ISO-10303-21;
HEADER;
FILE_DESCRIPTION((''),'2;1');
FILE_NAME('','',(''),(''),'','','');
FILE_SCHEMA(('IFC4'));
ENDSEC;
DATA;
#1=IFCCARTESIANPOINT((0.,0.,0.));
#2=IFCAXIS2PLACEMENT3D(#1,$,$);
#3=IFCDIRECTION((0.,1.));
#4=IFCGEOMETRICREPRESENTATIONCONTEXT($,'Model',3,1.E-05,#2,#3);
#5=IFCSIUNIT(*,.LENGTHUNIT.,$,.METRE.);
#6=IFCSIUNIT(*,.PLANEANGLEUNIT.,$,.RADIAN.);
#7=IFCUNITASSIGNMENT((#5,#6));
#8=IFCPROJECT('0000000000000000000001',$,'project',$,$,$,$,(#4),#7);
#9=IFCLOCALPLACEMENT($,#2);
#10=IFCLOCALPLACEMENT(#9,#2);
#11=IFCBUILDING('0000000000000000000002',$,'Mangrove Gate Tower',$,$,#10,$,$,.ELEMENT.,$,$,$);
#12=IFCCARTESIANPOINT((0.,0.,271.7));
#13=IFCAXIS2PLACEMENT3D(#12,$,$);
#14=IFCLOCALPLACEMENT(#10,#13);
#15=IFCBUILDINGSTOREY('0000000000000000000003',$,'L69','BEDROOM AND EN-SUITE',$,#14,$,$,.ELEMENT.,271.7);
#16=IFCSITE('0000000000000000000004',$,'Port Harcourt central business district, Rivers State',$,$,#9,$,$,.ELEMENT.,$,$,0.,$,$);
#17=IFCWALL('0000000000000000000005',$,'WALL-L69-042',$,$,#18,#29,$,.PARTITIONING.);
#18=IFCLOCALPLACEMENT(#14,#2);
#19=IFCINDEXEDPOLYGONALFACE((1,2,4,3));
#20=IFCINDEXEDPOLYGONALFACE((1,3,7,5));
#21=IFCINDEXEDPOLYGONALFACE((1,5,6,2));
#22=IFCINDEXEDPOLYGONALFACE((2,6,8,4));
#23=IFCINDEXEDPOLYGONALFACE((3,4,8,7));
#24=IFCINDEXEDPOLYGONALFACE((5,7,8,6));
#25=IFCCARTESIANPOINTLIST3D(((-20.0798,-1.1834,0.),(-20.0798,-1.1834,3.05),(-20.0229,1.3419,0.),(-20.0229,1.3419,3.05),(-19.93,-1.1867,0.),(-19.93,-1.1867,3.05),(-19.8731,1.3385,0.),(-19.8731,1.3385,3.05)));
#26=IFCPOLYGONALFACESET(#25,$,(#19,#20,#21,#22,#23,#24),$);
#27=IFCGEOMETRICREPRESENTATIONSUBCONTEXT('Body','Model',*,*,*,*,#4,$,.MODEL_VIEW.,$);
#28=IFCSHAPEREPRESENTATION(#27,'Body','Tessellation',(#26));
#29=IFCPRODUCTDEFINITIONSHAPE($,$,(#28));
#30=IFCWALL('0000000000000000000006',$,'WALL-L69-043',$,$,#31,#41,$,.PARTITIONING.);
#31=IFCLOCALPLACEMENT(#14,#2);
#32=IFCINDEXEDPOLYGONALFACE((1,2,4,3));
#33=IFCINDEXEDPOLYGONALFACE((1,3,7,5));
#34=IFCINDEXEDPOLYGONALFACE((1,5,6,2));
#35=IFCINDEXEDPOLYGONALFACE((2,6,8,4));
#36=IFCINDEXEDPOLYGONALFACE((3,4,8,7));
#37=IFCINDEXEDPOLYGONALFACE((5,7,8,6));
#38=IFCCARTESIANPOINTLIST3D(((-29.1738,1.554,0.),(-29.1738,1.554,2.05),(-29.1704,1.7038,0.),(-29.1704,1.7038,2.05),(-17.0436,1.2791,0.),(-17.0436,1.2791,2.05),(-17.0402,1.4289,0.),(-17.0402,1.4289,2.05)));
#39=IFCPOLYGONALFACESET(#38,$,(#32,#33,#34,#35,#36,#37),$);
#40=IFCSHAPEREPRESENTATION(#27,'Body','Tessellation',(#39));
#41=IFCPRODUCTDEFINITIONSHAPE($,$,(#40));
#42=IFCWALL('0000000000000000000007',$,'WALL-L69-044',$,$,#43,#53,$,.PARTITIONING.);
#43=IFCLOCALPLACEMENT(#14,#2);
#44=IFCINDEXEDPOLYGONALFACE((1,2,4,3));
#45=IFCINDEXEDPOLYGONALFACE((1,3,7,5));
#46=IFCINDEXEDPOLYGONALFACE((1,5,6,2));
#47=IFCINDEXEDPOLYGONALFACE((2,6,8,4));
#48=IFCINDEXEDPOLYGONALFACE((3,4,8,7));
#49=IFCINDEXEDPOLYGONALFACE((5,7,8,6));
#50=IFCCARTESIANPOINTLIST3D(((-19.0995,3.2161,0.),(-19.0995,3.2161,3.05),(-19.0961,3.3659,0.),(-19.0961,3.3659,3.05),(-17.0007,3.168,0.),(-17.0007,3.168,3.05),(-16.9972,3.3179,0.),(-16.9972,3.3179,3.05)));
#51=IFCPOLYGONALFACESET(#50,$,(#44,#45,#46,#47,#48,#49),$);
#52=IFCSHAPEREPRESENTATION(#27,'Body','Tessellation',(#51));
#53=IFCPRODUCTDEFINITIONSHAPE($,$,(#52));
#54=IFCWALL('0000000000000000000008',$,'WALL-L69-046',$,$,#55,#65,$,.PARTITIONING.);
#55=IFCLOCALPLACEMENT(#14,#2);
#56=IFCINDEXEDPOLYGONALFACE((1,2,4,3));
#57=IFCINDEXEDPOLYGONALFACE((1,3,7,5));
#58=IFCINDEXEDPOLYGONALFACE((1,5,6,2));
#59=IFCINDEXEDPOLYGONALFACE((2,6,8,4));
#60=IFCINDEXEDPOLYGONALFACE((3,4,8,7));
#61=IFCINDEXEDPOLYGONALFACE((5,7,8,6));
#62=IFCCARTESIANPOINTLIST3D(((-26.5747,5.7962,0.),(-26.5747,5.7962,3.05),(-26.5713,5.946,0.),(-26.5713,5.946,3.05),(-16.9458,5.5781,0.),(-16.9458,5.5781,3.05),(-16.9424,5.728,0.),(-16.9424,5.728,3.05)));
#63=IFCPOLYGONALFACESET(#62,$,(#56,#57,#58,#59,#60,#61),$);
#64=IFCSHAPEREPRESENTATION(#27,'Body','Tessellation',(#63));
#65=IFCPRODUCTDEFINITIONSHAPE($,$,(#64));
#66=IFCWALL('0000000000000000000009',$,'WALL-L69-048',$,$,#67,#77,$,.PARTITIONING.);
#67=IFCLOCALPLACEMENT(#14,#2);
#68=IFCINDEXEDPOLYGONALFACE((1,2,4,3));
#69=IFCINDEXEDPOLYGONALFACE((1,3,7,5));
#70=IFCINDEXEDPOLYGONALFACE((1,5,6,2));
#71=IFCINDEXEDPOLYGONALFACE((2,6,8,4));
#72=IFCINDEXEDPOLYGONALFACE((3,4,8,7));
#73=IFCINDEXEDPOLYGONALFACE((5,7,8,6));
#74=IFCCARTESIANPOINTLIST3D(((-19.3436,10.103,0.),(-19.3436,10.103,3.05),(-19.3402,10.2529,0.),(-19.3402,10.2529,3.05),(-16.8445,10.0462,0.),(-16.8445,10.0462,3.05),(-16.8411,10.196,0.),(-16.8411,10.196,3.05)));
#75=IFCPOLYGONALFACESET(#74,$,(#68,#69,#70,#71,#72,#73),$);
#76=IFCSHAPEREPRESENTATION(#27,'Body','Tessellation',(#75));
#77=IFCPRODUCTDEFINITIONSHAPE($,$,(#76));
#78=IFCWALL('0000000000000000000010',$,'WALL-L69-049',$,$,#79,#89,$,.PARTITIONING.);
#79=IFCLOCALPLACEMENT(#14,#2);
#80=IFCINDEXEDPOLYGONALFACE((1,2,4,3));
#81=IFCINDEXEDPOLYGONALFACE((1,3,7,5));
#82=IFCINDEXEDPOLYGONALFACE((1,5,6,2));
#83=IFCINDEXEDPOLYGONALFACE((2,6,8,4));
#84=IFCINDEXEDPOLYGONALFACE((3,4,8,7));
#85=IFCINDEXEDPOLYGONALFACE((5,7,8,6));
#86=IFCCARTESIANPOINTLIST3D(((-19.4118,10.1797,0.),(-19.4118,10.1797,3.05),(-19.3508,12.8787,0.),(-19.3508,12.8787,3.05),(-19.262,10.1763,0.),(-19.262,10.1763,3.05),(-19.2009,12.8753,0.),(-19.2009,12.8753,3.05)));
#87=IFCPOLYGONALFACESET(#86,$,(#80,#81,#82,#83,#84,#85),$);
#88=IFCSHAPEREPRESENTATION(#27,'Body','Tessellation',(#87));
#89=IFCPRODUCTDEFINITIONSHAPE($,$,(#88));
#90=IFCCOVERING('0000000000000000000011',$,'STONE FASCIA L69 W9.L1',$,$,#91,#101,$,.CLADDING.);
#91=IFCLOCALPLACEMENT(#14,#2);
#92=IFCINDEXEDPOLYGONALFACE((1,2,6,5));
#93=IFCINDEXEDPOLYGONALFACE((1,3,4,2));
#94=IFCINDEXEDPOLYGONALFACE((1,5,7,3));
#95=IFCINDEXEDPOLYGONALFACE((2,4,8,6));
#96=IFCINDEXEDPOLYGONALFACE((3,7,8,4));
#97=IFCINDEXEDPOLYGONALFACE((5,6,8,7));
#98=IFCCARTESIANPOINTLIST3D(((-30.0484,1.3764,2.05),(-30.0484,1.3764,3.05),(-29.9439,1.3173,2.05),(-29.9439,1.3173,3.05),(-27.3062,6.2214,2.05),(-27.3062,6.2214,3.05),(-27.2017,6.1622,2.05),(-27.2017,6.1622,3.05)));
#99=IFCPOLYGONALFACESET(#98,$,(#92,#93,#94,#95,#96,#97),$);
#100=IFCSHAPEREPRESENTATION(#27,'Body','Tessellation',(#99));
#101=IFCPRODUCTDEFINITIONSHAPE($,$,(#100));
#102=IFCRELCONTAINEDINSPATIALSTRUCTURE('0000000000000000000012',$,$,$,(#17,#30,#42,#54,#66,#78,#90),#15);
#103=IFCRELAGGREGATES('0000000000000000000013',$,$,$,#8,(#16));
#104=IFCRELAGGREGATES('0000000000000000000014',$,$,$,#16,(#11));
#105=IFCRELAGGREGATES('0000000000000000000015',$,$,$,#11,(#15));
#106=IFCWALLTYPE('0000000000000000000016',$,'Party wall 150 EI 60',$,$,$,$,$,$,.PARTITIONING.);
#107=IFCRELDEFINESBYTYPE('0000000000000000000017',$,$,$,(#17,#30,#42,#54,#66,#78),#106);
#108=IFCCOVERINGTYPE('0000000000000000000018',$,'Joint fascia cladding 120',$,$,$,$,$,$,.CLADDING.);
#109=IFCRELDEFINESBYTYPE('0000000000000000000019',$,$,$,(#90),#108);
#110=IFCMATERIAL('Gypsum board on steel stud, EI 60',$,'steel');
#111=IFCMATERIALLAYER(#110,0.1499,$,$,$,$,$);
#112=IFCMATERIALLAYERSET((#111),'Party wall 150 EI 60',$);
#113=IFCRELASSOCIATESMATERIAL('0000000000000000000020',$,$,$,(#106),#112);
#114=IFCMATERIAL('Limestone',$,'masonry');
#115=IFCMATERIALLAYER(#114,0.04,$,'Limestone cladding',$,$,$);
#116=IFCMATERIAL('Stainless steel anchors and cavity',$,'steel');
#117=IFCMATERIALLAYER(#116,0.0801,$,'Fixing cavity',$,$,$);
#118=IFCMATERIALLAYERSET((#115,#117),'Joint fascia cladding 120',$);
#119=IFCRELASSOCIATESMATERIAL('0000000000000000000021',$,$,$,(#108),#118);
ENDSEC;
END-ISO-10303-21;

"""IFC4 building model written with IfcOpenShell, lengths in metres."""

from ifc_helpers import new_model, si_unit, direction, frame, frame_2d, origin, place, context, subcontext, project, spatial, rectangle, extrude, material, layer, layer_set, type_object, element, save


model = new_model("IFC4")

# Units and contexts
model_context = context("Model", 3, precision=1e-05, world=origin(), true_north=direction((0.0, 1.0)))
body_context = subcontext(model_context, "Body", "Model", "MODEL_VIEW")
ifc_project = project(units=[si_unit("LENGTHUNIT", "METRE"), si_unit("PLANEANGLEUNIT", "RADIAN")], contexts=[model_context])

# Site, building, storey
site_placement = place(None, origin())
site = spatial("IfcSite", under=ifc_project, at=site_placement, Name="Port Harcourt central business district, Rivers State", CompositionType="ELEMENT", RefElevation=0.0)
building_placement = place(site_placement, origin())
building = spatial("IfcBuilding", under=site, at=building_placement, Name="Mangrove Gate Tower", CompositionType="ELEMENT")
storey_placement = place(building_placement, frame((0.0, 0.0, 271.7)))
storey = spatial("IfcBuildingStorey", under=building, at=storey_placement, Name="L69", Description="BEDROOM AND EN-SUITE", CompositionType="ELEMENT", Elevation=271.7)

# Shared definitions
ifc_material_1 = material(Name="Limestone", Category="masonry")

# Walls
ifc_material_2 = material(Name="Gypsum board on steel stud, EI 60", Category="steel")
ifc_layer_1 = layer(ifc_material_2, 0.1499)
ifc_layer_set_1 = layer_set([ifc_layer_1], Name="Party wall 150 EI 60")
wall_type_1 = type_object("IfcWallType", Name="Party wall 150 EI 60", PredefinedType="PARTITIONING", material=ifc_layer_set_1)
wall_1_placement = place(storey_placement, frame((-20.0049, -1.1851, 0.0), z_axis=(0.0, 0.0, 1.0), x_axis=(0.022522, 0.999746, 0.0)))
element("IfcWall", 1, at=wall_1_placement, inside=storey, type_object=wall_type_1, Name="WALL-L69-042", PredefinedType="PARTITIONING", context=body_context, shape_type="SweptSolid", body=[
    extrude(rectangle(XDim=2.5259, YDim=0.1499, at=frame_2d((1.2629, 0.0))), origin(), (0.0, 0.0, 1.0), 3.05),
])
wall_2_placement = place(storey_placement, frame((-29.1721, 1.6289, 0.0), z_axis=(0.0, 0.0, 1.0), x_axis=(0.999743, -0.022657, 0.0)))
element("IfcWall", 2, at=wall_2_placement, inside=storey, type_object=wall_type_1, Name="WALL-L69-043", PredefinedType="PARTITIONING", context=body_context, shape_type="SweptSolid", body=[
    extrude(rectangle(XDim=12.1333, YDim=0.1499, at=frame_2d((6.0667, 0.0))), origin(), (0.0, 0.0, 1.0), 2.05),
])
wall_3_placement = place(storey_placement, frame((-19.0979, 3.291, 0.0), z_axis=(0.0, 0.0, 1.0), x_axis=(0.999738, -0.022909, 0.0)))
element("IfcWall", 3, at=wall_3_placement, inside=storey, type_object=wall_type_1, Name="WALL-L69-044", PredefinedType="PARTITIONING", context=body_context, shape_type="SweptSolid", body=[
    extrude(rectangle(XDim=2.0994, YDim=0.1499, at=frame_2d((1.0498, 0.0))), origin(), (0.0, 0.0, 1.0), 3.05),
])
wall_4_placement = place(storey_placement, frame((-26.573, 5.8711, 0.0), z_axis=(0.0, 0.0, 1.0), x_axis=(0.999744, -0.022636, 0.0)))
element("IfcWall", 4, at=wall_4_placement, inside=storey, type_object=wall_type_1, Name="WALL-L69-046", PredefinedType="PARTITIONING", context=body_context, shape_type="SweptSolid", body=[
    extrude(rectangle(XDim=9.6313, YDim=0.1499, at=frame_2d((4.8157, 0.0))), origin(), (0.0, 0.0, 1.0), 3.05),
])
wall_5_placement = place(storey_placement, frame((-19.342, 10.178, 0.0), z_axis=(0.0, 0.0, 1.0), x_axis=(0.999741, -0.022757, 0.0)))
element("IfcWall", 5, at=wall_5_placement, inside=storey, type_object=wall_type_1, Name="WALL-L69-048", PredefinedType="PARTITIONING", context=body_context, shape_type="SweptSolid", body=[
    extrude(rectangle(XDim=2.4998, YDim=0.1499, at=frame_2d((1.25, 0.0))), origin(), (0.0, 0.0, 1.0), 3.05),
])
wall_6_placement = place(storey_placement, frame((-19.3369, 10.178, 0.0), z_axis=(0.0, 0.0, 1.0), x_axis=(0.022608, 0.999744, 0.0)))
element("IfcWall", 6, at=wall_6_placement, inside=storey, type_object=wall_type_1, Name="WALL-L69-049", PredefinedType="PARTITIONING", context=body_context, shape_type="SweptSolid", body=[
    extrude(rectangle(XDim=2.6997, YDim=0.1499, at=frame_2d((1.3499, 0.0))), origin(), (0.0, 0.0, 1.0), 3.05),
])

# Covering
ifc_layer_2 = layer(ifc_material_1, 0.04, Name="Limestone cladding")
ifc_material_3 = material(Name="Stainless steel anchors and cavity", Category="steel")
ifc_layer_3 = layer(ifc_material_3, 0.0801, Name="Fixing cavity")
ifc_layer_set_2 = layer_set([ifc_layer_2, ifc_layer_3], Name="Joint fascia cladding 120")
covering_type = type_object("IfcCoveringType", Name="Joint fascia cladding 120", PredefinedType="CLADDING", material=ifc_layer_set_2)
covering_placement = place(storey_placement, frame((-27.2539, 6.1919, 2.05), z_axis=(0.0, 0.0, 1.0), x_axis=(-0.492564, -0.870276, 0.0)))
element("IfcCovering", 7, at=covering_placement, inside=storey, type_object=covering_type, Name="STONE FASCIA L69 W9.L1", PredefinedType="CLADDING", context=body_context, shape_type="SweptSolid", body=[
    extrude(rectangle(XDim=5.5671, YDim=0.1201, at=frame_2d((2.7837, 0.0))), origin(), (0.0, 0.0, 1.0), 1.0),
])

save(model, "model.ifc")
